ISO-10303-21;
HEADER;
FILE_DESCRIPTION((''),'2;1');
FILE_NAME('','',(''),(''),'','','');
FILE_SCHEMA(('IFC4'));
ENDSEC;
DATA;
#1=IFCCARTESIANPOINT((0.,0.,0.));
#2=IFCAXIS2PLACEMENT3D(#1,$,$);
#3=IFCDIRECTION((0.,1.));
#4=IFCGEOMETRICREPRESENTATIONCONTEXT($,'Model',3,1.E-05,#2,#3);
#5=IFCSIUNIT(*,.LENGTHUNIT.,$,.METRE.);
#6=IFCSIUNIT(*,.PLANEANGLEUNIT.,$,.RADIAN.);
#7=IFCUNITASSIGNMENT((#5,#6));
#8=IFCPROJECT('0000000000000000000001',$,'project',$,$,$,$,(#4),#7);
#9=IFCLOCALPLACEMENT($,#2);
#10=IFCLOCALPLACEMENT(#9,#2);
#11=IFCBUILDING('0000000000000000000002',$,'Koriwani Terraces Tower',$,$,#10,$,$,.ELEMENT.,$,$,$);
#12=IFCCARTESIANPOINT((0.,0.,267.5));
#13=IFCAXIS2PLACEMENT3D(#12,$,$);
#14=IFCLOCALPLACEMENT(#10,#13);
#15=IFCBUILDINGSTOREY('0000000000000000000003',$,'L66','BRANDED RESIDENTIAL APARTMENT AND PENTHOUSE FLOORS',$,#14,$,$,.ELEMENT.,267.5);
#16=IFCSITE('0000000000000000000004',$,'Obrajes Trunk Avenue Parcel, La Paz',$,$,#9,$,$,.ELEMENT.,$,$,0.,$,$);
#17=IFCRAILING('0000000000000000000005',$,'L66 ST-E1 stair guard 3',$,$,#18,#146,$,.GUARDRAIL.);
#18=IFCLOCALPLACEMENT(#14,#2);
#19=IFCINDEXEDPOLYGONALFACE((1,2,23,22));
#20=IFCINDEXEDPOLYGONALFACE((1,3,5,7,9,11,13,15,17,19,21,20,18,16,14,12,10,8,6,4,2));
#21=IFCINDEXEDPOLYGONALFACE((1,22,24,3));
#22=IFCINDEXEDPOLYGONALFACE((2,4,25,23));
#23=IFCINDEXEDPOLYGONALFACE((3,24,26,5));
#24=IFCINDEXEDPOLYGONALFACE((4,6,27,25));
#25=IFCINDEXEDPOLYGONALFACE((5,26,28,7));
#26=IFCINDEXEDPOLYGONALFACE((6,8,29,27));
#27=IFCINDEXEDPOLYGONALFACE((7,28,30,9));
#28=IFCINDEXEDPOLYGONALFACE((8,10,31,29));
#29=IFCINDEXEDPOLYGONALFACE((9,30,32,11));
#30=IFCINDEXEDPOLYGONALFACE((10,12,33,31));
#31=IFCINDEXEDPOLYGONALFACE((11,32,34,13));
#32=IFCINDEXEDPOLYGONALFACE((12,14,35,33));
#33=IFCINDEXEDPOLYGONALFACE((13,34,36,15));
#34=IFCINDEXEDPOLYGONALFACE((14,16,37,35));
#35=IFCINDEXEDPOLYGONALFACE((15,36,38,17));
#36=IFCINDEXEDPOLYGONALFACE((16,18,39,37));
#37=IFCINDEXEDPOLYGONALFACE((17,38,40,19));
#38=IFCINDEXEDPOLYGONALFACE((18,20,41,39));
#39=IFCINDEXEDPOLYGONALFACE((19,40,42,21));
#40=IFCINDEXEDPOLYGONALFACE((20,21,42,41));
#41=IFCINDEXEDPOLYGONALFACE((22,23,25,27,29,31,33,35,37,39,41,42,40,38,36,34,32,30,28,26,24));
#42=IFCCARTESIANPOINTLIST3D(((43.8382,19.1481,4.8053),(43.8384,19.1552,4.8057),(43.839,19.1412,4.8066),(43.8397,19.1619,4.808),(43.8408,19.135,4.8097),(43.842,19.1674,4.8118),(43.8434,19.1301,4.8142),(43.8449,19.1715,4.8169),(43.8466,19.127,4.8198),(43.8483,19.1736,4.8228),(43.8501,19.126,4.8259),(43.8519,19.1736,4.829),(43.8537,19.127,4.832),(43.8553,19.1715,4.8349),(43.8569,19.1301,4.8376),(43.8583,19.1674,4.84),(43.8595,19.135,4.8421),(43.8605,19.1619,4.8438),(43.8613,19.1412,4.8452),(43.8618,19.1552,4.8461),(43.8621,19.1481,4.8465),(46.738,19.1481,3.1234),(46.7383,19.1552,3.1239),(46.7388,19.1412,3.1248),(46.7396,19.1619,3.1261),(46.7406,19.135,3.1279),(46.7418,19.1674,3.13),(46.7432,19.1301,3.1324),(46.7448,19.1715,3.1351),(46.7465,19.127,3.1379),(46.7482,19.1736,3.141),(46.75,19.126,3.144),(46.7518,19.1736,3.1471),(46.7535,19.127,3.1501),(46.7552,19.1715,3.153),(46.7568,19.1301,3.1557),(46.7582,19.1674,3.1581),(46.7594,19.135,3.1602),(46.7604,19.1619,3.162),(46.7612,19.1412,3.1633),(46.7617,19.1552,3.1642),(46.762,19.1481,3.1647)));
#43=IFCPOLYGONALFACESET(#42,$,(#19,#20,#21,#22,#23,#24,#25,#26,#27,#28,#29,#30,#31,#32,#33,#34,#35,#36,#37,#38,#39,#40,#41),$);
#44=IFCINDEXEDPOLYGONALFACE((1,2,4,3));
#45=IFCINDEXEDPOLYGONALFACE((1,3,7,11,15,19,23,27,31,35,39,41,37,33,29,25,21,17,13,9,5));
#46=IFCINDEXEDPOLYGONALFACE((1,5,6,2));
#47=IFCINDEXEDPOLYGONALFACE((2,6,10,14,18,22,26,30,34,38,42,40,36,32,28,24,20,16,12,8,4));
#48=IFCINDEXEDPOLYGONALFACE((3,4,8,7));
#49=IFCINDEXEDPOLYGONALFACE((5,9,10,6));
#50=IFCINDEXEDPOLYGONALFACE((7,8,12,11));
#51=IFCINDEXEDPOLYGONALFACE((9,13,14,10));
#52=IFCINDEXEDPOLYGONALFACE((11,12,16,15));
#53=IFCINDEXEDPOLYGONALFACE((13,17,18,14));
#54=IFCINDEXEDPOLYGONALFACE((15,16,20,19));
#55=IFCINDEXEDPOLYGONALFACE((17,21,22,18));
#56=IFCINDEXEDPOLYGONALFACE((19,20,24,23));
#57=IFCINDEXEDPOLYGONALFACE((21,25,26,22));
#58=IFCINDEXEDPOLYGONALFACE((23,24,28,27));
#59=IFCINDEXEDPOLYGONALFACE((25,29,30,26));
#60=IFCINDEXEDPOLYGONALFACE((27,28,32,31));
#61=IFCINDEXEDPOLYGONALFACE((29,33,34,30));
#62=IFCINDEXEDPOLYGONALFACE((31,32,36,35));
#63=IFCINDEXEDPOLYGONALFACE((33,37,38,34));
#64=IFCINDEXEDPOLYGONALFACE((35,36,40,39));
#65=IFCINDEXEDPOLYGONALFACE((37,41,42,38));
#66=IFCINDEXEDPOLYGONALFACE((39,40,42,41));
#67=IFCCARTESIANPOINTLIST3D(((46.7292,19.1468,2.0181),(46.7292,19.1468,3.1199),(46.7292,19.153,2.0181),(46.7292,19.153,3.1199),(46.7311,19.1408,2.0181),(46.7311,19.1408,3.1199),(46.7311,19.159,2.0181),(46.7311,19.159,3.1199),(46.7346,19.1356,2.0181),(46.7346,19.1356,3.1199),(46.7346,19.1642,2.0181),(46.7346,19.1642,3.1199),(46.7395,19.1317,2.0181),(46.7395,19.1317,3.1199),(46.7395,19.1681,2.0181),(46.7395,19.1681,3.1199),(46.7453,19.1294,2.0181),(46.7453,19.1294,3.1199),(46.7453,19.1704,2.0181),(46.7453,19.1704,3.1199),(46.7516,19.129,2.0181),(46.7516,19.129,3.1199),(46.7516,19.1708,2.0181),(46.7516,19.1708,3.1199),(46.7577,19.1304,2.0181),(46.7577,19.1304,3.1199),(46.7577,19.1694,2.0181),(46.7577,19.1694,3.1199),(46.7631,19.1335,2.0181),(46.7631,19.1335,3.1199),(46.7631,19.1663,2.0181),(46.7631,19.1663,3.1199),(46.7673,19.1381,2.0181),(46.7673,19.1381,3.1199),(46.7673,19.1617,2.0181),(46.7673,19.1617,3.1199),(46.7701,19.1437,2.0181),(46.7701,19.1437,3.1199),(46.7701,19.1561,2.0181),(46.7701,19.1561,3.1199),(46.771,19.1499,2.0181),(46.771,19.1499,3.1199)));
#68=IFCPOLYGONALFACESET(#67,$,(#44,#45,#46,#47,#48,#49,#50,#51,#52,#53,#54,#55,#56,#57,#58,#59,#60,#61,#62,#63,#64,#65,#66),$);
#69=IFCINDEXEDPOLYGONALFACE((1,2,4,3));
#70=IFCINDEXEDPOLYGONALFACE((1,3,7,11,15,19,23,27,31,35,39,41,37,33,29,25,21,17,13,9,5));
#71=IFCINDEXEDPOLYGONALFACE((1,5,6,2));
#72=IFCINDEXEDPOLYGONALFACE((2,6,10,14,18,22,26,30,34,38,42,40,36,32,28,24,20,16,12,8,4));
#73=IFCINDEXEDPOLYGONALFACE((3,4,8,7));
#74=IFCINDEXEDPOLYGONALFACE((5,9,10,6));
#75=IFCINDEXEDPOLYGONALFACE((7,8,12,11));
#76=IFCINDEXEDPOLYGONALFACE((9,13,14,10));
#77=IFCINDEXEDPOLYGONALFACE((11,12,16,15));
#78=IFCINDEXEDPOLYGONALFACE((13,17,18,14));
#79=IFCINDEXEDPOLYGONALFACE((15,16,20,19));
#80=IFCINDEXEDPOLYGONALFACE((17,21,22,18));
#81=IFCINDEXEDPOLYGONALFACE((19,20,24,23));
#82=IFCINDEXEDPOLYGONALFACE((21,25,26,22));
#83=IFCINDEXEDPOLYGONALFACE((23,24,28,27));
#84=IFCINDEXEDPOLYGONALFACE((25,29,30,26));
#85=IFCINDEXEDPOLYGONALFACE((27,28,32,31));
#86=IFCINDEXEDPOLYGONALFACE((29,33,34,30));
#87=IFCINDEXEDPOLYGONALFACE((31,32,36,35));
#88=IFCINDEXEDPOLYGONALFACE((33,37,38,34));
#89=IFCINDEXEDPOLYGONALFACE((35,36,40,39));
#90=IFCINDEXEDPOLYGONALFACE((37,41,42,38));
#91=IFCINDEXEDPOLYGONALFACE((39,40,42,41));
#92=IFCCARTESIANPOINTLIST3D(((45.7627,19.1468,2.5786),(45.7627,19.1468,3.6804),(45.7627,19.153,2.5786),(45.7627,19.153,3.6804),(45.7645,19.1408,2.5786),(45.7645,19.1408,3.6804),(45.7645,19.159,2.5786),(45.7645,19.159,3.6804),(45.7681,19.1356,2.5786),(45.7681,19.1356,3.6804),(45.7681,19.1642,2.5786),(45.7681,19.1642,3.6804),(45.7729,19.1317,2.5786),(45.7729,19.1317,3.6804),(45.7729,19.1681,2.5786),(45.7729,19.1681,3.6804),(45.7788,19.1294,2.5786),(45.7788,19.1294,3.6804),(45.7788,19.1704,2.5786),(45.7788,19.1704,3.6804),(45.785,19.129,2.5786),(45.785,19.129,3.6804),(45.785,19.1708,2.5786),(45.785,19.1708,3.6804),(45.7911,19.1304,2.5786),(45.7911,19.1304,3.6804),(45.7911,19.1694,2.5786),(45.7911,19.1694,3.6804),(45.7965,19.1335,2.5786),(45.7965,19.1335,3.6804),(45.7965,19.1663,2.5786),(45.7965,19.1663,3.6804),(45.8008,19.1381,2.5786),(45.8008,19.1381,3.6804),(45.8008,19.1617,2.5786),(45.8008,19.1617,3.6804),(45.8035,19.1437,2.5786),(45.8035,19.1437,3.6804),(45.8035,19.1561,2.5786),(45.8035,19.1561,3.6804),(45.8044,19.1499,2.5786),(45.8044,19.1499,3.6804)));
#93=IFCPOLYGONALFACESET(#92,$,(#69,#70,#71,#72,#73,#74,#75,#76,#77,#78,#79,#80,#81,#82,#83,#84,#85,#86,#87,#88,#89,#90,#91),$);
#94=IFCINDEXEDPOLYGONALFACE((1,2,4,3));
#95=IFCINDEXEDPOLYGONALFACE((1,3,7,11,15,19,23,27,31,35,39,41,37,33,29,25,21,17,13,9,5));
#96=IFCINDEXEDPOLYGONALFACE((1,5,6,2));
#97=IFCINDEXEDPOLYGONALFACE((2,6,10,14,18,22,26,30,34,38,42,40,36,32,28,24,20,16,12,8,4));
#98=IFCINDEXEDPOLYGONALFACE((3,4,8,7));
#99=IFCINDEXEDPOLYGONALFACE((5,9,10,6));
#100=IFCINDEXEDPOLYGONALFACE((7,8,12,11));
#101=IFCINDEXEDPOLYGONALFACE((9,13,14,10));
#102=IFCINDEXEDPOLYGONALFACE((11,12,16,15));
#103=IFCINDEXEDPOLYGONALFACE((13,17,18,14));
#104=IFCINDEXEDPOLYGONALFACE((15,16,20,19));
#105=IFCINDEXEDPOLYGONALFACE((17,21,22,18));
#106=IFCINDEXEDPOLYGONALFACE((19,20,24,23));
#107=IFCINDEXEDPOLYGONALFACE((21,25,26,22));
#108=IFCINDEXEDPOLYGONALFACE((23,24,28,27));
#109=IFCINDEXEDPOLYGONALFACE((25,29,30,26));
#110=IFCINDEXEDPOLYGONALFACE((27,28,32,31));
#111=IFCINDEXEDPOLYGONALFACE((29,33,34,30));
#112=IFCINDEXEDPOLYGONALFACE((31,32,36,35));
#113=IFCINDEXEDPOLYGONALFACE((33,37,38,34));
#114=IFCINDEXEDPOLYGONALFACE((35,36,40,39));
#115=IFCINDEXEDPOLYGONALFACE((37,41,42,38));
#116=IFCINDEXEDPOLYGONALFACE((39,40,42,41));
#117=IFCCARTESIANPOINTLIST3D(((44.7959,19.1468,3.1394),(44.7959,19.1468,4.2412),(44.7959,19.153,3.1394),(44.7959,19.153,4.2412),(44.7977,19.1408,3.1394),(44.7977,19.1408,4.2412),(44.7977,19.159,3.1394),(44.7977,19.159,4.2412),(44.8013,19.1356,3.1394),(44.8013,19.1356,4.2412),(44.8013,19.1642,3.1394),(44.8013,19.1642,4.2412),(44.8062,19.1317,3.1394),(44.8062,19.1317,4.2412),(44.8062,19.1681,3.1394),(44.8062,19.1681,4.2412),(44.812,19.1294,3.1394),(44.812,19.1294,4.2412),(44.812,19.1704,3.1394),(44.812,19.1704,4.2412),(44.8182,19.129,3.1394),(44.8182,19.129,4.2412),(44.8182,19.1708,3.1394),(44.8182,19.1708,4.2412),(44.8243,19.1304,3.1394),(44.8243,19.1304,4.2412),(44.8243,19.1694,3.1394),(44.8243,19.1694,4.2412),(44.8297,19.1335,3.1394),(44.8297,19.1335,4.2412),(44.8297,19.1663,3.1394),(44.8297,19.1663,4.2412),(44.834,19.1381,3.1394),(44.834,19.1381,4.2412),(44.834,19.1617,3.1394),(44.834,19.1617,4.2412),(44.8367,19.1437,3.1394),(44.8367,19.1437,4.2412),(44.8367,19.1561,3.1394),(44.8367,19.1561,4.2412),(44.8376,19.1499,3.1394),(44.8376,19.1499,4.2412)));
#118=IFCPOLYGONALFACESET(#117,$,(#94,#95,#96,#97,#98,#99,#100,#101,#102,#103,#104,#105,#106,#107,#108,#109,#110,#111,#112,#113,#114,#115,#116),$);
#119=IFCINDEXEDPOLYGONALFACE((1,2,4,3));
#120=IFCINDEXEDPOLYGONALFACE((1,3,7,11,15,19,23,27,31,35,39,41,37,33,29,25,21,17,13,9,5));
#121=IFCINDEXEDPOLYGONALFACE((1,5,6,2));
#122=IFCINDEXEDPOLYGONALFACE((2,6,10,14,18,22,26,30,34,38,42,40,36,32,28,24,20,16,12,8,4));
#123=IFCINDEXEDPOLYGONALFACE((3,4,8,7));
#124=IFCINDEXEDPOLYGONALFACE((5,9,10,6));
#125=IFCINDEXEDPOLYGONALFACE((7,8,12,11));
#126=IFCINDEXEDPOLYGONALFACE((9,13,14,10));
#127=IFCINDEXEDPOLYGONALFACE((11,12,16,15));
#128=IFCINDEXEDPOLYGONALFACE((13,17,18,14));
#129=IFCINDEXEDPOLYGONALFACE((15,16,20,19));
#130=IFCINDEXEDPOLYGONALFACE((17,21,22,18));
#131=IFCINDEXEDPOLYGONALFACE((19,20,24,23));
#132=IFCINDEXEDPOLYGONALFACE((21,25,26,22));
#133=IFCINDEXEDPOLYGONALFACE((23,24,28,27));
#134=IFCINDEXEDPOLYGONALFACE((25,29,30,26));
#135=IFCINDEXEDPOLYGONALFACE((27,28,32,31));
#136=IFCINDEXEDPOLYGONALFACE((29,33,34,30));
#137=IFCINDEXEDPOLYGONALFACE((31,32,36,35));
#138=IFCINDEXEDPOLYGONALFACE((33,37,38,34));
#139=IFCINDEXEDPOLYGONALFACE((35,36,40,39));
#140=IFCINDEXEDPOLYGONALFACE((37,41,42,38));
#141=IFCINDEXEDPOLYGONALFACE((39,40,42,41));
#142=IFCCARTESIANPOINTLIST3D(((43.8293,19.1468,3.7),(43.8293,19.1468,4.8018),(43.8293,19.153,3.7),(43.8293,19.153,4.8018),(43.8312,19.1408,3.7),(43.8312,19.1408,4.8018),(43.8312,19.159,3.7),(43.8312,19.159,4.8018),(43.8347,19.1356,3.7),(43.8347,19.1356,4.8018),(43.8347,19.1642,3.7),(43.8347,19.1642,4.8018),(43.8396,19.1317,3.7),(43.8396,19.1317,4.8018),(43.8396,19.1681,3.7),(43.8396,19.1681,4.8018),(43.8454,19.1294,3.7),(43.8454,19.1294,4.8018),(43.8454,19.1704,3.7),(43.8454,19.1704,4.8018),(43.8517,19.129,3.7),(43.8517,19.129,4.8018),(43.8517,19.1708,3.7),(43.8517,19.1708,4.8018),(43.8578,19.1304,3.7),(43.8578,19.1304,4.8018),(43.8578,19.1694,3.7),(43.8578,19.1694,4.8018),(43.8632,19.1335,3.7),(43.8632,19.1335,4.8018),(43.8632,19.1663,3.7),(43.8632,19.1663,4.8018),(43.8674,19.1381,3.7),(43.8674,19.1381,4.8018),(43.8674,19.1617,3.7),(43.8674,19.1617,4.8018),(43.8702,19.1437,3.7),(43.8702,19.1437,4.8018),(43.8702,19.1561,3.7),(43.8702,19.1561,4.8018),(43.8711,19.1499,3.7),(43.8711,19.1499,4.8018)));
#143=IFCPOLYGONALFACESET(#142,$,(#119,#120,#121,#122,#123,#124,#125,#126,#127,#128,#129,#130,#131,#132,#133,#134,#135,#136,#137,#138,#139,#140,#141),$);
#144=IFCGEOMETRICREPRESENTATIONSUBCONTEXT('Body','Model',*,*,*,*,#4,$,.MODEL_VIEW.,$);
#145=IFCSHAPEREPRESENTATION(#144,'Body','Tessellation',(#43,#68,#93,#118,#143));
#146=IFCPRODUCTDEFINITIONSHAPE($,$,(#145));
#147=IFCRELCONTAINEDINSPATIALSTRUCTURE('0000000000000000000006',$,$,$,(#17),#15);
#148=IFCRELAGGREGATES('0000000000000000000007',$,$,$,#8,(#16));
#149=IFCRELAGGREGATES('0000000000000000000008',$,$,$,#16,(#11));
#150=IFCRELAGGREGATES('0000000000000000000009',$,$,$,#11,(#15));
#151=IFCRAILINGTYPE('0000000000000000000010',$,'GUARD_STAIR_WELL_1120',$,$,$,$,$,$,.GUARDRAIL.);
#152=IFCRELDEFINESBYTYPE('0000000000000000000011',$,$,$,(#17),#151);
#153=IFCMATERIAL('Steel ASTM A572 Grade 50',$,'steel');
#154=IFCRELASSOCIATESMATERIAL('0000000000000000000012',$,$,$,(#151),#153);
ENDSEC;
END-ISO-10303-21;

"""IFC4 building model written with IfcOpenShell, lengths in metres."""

from ifc_helpers import new_model, si_unit, direction, frame, origin, origin_2d, place, context, subcontext, project, spatial, circle, extrude, material, type_object, element, save


model = new_model("IFC4")

# Units and contexts
model_context = context("Model", 3, precision=1e-05, world=origin(), true_north=direction((0.0, 1.0)))
body_context = subcontext(model_context, "Body", "Model", "MODEL_VIEW")
ifc_project = project(units=[si_unit("LENGTHUNIT", "METRE"), si_unit("PLANEANGLEUNIT", "RADIAN")], contexts=[model_context])

# Site, building, storey
site_placement = place(None, origin())
site = spatial("IfcSite", under=ifc_project, at=site_placement, Name="Obrajes Trunk Avenue Parcel, La Paz", CompositionType="ELEMENT", RefElevation=0.0)
building_placement = place(site_placement, origin())
building = spatial("IfcBuilding", under=site, at=building_placement, Name="Koriwani Terraces Tower", CompositionType="ELEMENT")
storey_placement = place(building_placement, frame((0.0, 0.0, 267.5)))
storey = spatial("IfcBuildingStorey", under=building, at=storey_placement, Name="L66", Description="BRANDED RESIDENTIAL APARTMENT AND PENTHOUSE FLOORS", CompositionType="ELEMENT", Elevation=267.5)

# Shared definitions
ifc_material_1 = material(Name="Steel ASTM A572 Grade 50", Category="steel")

# Railing
railing_type_1 = type_object("IfcRailingType", Name="GUARD_STAIR_WELL_1120", PredefinedType="GUARDRAIL", material=ifc_material_1)
railing_1_placement = place(storey_placement, frame((46.75, 19.1499, 2.0181)))
element("IfcRailing", 1, at=railing_1_placement, inside=storey, type_object=railing_type_1, Name="L66 ST-E1 stair guard 3", PredefinedType="GUARDRAIL", context=body_context, shape_type="SweptSolid", body=[
    extrude(circle(Radius=0.0239, at=origin_2d()), frame((0.0, 0.0, 1.126), z_axis=(-0.865039, 0.0, 0.501705), x_axis=(0.0, -1.0, 0.0)), (0.0, 0.0, 1.0), 3.3523),
    extrude(circle(Radius=0.021, at=origin_2d()), origin(), (0.0, 0.0, 1.0), 1.1018),
    extrude(circle(Radius=0.021, at=origin_2d()), frame((-0.9666, 0.0, 0.5605)), (0.0, 0.0, 1.0), 1.1018),
    extrude(circle(Radius=0.021, at=origin_2d()), frame((-1.9333, 0.0, 1.1213)), (0.0, 0.0, 1.0), 1.1018),
    extrude(circle(Radius=0.021, at=origin_2d()), frame((-2.8999, 0.0, 1.6819)), (0.0, 0.0, 1.0), 1.1018),
])

save(model, "model.ifc")
